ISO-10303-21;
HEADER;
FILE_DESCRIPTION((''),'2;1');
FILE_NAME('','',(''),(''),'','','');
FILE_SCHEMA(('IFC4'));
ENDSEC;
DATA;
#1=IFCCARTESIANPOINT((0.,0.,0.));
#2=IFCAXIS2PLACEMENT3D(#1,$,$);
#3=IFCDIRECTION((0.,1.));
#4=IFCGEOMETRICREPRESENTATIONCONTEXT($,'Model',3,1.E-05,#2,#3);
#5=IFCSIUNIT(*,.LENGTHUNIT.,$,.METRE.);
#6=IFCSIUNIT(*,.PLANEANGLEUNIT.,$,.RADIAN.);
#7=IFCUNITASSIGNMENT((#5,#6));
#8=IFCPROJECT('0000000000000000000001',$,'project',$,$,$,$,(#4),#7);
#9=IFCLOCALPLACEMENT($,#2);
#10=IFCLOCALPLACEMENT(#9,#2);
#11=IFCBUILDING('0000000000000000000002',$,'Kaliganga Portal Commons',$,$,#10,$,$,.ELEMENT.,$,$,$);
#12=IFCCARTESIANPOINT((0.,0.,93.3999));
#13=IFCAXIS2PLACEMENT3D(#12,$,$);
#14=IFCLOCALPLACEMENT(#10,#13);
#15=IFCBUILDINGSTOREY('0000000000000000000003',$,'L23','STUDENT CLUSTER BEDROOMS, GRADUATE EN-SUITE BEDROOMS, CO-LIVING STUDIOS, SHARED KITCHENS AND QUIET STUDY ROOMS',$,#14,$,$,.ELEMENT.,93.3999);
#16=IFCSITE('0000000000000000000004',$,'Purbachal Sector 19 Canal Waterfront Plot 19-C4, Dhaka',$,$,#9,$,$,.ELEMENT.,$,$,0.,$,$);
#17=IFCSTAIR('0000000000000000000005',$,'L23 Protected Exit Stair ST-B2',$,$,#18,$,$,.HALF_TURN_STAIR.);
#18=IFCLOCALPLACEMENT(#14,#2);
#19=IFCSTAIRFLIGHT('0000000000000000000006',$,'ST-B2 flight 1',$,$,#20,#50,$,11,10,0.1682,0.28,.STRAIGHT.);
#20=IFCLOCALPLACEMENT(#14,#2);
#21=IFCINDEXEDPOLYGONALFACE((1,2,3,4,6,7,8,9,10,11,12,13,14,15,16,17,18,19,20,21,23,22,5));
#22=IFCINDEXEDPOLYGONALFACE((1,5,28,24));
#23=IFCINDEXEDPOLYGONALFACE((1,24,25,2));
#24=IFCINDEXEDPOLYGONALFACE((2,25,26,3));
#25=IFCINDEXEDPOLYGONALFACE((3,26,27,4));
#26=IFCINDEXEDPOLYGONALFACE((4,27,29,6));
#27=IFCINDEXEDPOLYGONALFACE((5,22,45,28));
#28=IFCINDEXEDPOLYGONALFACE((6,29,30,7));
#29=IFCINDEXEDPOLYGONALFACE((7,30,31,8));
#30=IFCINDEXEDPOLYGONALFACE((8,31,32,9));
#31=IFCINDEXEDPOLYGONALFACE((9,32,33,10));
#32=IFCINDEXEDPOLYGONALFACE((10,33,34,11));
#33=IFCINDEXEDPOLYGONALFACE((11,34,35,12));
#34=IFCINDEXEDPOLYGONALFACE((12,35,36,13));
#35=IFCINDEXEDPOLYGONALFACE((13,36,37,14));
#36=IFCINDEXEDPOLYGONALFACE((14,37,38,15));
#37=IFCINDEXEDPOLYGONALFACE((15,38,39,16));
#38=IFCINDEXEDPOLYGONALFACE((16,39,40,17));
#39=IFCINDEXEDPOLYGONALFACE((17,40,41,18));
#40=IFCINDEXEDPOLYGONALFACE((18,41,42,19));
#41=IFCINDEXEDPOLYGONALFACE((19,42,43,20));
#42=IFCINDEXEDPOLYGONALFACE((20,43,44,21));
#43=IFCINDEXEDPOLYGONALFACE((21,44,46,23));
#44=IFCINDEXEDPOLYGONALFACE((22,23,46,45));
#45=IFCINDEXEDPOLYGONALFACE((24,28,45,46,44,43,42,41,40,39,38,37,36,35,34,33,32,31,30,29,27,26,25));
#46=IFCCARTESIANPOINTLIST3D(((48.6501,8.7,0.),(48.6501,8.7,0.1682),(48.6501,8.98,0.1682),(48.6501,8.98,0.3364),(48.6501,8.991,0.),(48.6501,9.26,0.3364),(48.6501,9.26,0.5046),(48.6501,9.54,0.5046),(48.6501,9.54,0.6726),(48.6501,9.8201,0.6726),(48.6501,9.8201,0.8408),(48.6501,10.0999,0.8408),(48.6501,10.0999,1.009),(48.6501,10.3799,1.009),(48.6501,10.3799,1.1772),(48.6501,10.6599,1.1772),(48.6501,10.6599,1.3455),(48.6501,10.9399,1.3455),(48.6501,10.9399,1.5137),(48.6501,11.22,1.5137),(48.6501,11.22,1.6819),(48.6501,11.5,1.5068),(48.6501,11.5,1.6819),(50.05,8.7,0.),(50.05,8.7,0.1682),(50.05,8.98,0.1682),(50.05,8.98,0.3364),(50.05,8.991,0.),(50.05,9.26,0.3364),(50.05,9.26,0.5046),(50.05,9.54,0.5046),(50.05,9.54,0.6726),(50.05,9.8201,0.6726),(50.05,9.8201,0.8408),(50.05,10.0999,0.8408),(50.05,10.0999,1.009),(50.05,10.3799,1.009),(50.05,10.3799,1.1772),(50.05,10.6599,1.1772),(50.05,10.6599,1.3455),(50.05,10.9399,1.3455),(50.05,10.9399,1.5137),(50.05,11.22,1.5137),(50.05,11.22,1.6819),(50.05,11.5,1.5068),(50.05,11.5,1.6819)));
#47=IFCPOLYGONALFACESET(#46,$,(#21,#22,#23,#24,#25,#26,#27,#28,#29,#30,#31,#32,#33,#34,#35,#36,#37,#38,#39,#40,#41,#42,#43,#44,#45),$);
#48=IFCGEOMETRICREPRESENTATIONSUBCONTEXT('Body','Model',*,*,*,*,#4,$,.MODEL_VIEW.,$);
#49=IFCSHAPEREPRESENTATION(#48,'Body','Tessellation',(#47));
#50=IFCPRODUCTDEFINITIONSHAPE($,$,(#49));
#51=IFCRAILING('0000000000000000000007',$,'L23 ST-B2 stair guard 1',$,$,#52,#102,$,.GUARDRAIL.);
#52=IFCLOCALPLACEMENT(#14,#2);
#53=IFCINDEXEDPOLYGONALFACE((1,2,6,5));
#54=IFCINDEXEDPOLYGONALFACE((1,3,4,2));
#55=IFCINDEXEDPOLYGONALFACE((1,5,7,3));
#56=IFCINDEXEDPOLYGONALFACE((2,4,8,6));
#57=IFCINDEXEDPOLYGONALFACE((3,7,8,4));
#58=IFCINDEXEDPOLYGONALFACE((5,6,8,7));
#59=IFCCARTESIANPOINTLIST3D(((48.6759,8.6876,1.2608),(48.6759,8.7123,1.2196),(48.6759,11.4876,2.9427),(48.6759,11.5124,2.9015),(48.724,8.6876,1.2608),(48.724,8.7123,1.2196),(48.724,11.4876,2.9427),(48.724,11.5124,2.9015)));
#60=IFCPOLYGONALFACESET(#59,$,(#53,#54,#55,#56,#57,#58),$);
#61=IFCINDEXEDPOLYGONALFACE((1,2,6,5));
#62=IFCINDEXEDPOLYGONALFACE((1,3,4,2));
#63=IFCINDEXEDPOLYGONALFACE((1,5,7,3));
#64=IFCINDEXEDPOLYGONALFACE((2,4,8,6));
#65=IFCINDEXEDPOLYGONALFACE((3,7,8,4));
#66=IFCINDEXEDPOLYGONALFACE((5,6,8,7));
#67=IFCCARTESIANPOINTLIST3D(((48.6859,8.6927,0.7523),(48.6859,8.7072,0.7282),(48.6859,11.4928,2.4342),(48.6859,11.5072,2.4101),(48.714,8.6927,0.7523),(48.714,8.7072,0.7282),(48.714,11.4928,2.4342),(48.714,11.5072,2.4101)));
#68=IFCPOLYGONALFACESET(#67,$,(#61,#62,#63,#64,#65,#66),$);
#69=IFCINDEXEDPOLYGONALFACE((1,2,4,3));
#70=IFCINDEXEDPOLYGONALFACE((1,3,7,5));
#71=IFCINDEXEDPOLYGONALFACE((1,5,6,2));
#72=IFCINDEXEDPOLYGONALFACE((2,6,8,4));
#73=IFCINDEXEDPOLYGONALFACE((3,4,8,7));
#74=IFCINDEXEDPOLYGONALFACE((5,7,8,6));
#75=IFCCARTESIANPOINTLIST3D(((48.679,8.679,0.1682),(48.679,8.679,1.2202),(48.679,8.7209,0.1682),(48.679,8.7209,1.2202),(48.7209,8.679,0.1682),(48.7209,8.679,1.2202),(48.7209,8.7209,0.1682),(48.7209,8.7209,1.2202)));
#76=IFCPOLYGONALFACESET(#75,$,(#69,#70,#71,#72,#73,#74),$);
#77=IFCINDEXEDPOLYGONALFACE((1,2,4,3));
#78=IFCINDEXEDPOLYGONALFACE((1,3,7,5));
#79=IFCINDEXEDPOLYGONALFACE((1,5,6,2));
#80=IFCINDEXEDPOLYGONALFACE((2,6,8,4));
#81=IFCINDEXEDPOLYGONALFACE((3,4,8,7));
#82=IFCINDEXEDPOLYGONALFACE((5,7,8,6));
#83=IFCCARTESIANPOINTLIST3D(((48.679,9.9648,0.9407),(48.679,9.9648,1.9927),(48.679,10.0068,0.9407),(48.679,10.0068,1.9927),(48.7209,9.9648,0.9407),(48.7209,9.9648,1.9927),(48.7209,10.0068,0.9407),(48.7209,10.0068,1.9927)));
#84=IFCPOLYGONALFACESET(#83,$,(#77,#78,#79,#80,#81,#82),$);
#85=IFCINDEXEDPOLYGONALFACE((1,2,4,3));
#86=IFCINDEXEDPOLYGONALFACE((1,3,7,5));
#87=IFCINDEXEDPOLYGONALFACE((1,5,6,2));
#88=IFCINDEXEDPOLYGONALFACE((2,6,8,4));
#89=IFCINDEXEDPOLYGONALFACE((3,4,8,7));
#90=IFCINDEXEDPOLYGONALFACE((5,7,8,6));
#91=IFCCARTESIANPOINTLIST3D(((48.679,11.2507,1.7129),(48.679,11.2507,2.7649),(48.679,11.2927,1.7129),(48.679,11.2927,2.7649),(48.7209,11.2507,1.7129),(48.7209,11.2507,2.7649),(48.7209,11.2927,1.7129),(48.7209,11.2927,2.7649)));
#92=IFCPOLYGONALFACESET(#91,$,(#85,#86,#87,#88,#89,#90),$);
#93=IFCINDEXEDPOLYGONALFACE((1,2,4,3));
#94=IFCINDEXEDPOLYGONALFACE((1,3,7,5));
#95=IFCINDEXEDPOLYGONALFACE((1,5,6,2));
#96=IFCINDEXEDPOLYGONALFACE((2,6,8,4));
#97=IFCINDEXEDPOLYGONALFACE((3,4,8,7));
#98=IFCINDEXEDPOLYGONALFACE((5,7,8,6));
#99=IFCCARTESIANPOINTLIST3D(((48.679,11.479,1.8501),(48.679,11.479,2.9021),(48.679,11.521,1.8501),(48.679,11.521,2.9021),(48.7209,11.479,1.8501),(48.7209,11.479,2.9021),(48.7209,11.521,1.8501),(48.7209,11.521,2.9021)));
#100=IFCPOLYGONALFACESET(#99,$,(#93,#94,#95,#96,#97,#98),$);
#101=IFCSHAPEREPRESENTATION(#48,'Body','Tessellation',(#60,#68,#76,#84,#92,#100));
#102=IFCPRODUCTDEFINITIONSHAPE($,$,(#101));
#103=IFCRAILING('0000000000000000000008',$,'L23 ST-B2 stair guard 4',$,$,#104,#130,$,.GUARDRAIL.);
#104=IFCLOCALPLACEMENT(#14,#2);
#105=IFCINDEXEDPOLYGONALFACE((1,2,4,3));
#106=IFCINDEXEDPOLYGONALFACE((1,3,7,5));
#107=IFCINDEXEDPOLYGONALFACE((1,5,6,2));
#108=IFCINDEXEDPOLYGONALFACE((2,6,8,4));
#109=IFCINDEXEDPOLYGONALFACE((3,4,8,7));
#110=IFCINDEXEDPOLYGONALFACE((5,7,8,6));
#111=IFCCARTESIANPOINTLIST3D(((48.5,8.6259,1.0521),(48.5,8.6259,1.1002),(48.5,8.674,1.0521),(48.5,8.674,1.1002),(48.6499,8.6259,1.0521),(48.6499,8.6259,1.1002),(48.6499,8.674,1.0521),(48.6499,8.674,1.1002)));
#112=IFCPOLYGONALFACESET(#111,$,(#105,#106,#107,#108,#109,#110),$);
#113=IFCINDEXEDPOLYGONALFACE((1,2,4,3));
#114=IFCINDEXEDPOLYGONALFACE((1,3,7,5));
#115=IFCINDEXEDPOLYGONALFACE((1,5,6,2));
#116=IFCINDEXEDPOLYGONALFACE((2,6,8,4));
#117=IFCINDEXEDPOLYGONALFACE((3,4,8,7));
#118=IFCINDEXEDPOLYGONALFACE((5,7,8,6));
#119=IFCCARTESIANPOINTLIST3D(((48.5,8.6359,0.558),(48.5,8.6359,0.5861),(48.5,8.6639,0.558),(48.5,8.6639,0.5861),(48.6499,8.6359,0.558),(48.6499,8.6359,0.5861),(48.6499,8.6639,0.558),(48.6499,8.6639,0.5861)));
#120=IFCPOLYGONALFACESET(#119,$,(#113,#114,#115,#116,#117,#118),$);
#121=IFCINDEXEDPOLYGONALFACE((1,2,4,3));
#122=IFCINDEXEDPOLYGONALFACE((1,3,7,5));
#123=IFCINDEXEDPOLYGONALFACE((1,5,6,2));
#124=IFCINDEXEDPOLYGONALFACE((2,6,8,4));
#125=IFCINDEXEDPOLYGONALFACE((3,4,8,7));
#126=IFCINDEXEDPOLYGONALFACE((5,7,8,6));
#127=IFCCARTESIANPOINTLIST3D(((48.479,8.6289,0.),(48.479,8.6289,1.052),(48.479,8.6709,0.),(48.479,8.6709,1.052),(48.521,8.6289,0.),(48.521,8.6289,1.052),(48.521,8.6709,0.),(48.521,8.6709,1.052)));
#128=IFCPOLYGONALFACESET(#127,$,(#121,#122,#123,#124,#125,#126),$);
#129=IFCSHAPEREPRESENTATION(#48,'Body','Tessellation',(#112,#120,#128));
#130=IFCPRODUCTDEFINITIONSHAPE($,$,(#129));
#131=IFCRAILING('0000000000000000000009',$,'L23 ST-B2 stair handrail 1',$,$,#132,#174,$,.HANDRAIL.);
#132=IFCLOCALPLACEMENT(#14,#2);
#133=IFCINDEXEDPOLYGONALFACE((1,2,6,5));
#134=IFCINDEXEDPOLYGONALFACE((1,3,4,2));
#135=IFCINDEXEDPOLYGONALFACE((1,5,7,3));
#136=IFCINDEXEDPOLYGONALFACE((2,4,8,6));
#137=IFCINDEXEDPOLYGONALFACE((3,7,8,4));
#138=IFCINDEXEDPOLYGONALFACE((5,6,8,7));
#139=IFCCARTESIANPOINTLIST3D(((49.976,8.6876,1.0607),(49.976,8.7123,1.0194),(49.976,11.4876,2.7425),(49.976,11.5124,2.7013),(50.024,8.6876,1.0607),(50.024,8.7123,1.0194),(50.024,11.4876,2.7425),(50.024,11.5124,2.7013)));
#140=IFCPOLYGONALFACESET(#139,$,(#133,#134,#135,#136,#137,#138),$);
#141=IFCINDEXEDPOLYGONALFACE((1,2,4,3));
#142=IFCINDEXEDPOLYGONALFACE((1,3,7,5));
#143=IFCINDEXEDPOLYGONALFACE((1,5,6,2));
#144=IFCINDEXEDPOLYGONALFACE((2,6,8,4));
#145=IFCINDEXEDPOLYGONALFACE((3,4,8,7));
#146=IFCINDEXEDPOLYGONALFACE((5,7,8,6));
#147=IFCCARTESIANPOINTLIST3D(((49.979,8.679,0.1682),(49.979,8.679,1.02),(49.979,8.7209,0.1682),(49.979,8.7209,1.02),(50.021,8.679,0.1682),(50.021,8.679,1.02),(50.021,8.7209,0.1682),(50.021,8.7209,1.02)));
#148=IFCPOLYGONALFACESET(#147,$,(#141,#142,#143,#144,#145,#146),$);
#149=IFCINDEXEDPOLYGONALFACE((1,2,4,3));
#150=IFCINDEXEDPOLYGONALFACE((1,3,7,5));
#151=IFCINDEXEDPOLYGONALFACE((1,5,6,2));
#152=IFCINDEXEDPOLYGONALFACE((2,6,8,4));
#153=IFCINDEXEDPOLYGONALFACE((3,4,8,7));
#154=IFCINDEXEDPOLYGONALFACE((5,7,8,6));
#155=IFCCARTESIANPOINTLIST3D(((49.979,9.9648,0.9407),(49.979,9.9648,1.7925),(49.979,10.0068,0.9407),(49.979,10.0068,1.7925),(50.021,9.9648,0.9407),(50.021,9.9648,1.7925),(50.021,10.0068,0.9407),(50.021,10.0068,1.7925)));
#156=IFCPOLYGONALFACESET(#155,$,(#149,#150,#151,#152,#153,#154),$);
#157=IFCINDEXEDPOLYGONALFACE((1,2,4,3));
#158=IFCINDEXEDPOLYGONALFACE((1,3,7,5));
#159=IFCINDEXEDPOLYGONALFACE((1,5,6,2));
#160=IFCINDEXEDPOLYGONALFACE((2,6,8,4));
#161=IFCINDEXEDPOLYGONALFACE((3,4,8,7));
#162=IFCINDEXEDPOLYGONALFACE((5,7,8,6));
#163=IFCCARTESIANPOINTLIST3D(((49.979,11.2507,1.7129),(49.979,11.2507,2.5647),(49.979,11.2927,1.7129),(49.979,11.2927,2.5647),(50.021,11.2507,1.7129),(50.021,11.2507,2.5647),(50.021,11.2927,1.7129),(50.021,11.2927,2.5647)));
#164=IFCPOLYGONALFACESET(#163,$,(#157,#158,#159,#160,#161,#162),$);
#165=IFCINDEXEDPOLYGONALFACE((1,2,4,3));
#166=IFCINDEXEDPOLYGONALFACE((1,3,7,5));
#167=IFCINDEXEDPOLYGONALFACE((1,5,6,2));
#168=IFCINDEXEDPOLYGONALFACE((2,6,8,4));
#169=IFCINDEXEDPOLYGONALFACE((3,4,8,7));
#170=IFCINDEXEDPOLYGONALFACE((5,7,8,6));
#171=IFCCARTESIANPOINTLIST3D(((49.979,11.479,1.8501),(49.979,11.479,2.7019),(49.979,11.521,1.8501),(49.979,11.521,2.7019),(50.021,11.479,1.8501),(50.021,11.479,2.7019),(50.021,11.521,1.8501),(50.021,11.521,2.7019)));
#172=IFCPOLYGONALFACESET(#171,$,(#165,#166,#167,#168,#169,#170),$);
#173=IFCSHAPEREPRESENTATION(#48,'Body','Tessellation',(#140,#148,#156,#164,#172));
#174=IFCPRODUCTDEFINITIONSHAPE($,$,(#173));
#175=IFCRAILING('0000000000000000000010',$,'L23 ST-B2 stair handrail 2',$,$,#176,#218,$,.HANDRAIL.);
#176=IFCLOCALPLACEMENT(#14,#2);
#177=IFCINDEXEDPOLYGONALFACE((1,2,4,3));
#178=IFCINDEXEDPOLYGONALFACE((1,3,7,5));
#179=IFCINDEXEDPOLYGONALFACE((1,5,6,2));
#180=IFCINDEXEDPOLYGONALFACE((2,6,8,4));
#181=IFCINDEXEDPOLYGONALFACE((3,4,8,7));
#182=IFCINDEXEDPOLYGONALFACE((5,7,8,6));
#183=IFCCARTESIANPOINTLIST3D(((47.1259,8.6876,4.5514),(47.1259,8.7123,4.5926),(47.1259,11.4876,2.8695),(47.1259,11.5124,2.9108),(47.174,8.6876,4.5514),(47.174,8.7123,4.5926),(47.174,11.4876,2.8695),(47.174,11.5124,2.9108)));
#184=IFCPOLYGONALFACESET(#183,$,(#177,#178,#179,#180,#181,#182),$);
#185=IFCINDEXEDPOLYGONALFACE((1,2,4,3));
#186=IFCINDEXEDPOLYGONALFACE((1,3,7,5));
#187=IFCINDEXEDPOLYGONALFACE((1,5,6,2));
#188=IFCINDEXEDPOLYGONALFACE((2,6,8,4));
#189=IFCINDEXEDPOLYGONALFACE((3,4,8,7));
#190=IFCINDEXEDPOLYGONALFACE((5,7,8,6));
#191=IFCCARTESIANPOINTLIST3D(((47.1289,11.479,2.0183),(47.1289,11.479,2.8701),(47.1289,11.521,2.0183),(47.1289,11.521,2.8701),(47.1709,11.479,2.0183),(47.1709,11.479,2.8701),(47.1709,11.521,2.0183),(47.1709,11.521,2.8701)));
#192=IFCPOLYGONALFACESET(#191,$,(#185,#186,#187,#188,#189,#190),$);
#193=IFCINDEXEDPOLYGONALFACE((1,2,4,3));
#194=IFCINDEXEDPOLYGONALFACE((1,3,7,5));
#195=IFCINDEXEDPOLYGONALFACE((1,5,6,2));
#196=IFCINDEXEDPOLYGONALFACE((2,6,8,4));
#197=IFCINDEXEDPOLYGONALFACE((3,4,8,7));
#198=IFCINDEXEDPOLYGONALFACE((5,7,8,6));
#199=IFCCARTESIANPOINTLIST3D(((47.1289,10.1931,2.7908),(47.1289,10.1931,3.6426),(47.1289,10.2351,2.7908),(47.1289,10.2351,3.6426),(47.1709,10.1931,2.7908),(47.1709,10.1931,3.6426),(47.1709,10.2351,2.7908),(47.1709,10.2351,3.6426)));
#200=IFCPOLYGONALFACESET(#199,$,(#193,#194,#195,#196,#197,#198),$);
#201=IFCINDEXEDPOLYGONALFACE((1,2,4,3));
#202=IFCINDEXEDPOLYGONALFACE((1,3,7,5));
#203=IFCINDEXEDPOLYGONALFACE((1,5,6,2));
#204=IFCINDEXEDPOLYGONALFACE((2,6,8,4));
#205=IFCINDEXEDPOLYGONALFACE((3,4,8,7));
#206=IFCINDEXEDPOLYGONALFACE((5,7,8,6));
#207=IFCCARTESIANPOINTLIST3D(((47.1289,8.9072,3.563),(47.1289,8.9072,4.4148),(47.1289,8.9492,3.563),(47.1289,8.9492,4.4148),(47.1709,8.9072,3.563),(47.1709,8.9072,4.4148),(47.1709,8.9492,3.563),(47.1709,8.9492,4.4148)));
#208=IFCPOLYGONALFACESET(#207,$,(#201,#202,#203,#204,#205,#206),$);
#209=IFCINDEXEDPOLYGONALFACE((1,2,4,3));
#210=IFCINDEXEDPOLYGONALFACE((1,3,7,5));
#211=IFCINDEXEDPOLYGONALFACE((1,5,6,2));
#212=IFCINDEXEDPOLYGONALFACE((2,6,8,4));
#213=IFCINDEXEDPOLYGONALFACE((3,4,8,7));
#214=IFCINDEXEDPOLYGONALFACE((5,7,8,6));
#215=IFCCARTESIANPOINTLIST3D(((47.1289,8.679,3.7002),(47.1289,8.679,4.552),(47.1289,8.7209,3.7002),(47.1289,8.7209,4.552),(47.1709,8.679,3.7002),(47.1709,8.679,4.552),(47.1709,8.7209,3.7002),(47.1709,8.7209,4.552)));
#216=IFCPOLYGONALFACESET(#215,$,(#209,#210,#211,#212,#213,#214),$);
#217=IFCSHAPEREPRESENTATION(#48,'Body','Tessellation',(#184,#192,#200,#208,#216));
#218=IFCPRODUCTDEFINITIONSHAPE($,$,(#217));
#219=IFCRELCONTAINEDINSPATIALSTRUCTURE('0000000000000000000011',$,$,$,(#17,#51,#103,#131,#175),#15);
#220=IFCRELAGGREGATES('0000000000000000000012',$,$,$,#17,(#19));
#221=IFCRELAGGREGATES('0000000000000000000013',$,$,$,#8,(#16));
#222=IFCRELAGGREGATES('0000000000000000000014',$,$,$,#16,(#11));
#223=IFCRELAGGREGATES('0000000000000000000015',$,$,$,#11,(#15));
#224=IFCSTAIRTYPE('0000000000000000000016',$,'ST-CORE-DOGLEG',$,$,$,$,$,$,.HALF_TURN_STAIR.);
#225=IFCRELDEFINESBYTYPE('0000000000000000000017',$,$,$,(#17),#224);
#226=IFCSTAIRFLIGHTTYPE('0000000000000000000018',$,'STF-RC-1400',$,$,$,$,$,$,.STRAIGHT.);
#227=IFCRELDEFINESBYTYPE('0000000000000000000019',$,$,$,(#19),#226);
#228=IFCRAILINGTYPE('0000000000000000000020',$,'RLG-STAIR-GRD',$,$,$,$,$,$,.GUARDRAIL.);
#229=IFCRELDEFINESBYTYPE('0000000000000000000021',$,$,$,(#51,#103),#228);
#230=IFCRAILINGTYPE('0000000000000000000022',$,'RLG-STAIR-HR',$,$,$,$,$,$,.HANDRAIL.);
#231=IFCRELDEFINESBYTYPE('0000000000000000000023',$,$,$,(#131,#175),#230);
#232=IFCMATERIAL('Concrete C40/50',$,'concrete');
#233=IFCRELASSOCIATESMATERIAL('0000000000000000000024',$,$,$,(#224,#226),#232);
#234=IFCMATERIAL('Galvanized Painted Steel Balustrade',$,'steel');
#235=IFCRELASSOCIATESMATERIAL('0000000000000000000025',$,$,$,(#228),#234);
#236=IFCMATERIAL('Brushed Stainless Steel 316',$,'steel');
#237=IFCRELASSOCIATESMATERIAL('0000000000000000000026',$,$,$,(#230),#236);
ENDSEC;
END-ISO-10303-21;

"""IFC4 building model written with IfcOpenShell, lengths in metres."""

from ifc_helpers import new_model, si_unit, direction, frame, origin, origin_2d, place, context, subcontext, project, spatial, polyline, rectangle, outline, extrude, material, type_object, element, aggregate, save


model = new_model("IFC4")

# Units and contexts
model_context = context("Model", 3, precision=1e-05, world=origin(), true_north=direction((0.0, 1.0)))
body_context = subcontext(model_context, "Body", "Model", "MODEL_VIEW")
ifc_project = project(units=[si_unit("LENGTHUNIT", "METRE"), si_unit("PLANEANGLEUNIT", "RADIAN")], contexts=[model_context])

# Site, building, storey
site_placement = place(None, origin())
site = spatial("IfcSite", under=ifc_project, at=site_placement, Name="Purbachal Sector 19 Canal Waterfront Plot 19-C4, Dhaka", CompositionType="ELEMENT", RefElevation=0.0)
building_placement = place(site_placement, origin())
building = spatial("IfcBuilding", under=site, at=building_placement, Name="Kaliganga Portal Commons", CompositionType="ELEMENT")
storey_placement = place(building_placement, frame((0.0, 0.0, 93.3999)))
storey = spatial("IfcBuildingStorey", under=building, at=storey_placement, Name="L23", Description="STUDENT CLUSTER BEDROOMS, GRADUATE EN-SUITE BEDROOMS, CO-LIVING STUDIOS, SHARED KITCHENS AND QUIET STUDY ROOMS", CompositionType="ELEMENT", Elevation=93.3999)

# Stair, stair flight
ifc_material_1 = material(Name="Concrete C40/50", Category="concrete")
stair_type = type_object("IfcStairType", Name="ST-CORE-DOGLEG", PredefinedType="HALF_TURN_STAIR", material=ifc_material_1)
stair_placement = place(storey_placement, origin())
stair = element("IfcStair", 1, at=stair_placement, inside=storey, type_object=stair_type, Name="L23 Protected Exit Stair ST-B2", PredefinedType="HALF_TURN_STAIR")
stair_flight_type = type_object("IfcStairFlightType", Name="STF-RC-1400", PredefinedType="STRAIGHT", material=ifc_material_1)
stair_flight_placement = place(storey_placement, frame((49.3501, 8.7, 0.0), z_axis=(0.0, 0.0, 1.0), x_axis=(0.0, 1.0, 0.0)))
stair_flight = element("IfcStairFlight", 2, at=stair_flight_placement, type_object=stair_flight_type, Name="ST-B2 flight 1", NumberOfRisers=11, NumberOfTreads=10, PredefinedType="STRAIGHT", RiserHeight=0.1682, TreadLength=0.28, context=body_context, shape_type="SweptSolid", body=[
    extrude(outline(polyline([(0.0, 0.0), (0.0, 0.1682), (0.28, 0.1682), (0.28, 0.3364), (0.5601, 0.3364), (0.5601, 0.5046), (0.8401, 0.5046), (0.8401, 0.6726), (1.1201, 0.6726), (1.1201, 0.8408), (1.3999, 0.8408), (1.3999, 1.009), (1.6799, 1.009), (1.6799, 1.1772), (1.96, 1.1772), (1.96, 1.3455), (2.24, 1.3455), (2.24, 1.5137), (2.52, 1.5137), (2.52, 1.6819), (2.8, 1.6819), (2.8, 1.8501), (2.8, 1.5068), (0.291, 0.0), (0.0, 0.0)])), frame((0.0, 0.7, 0.0), z_axis=(0.0, -1.0, 0.0), x_axis=(1.0, 0.0, 0.0)), (0.0, 0.0, 1.0), 1.3999),
])
aggregate(stair, [stair_flight])

# Railings
ifc_material_2 = material(Name="Galvanized Painted Steel Balustrade", Category="steel")
railing_type_1 = type_object("IfcRailingType", Name="RLG-STAIR-GRD", PredefinedType="GUARDRAIL", material=ifc_material_2)
railing_1_placement = place(storey_placement, frame((48.7, 8.7, 0.1682)))
element("IfcRailing", 3, at=railing_1_placement, inside=storey, type_object=railing_type_1, Name="L23 ST-B2 stair guard 1", PredefinedType="GUARDRAIL", context=body_context, shape_type="SweptSolid", body=[
    extrude(rectangle(XDim=0.0481, YDim=0.0481, at=origin_2d()), frame((0.0, 0.0, 1.072), z_axis=(0.0, 0.857242, 0.514913), x_axis=(-1.0, 0.0, 0.0)), (0.0, 0.0, 1.0), 3.2664),
    extrude(rectangle(XDim=0.0281, YDim=0.0281, at=origin_2d()), frame((0.0, 0.0, 0.572), z_axis=(0.0, 0.857242, 0.514913), x_axis=(-1.0, 0.0, 0.0)), (0.0, 0.0, 1.0), 3.2664),
    extrude(rectangle(XDim=0.042, YDim=0.042, at=origin_2d()), origin(), (0.0, 0.0, 1.0), 1.052),
    extrude(rectangle(XDim=0.042, YDim=0.042, at=origin_2d()), frame((0.0, 1.2859, 0.7725)), (0.0, 0.0, 1.0), 1.052),
    extrude(rectangle(XDim=0.042, YDim=0.042, at=origin_2d()), frame((0.0, 2.5718, 1.5447)), (0.0, 0.0, 1.0), 1.052),
    extrude(rectangle(XDim=0.042, YDim=0.042, at=origin_2d()), frame((0.0, 2.8, 1.6819)), (0.0, 0.0, 1.0), 1.052),
])
railing_2_placement = place(storey_placement, frame((48.6499, 8.6499, 0.0)))
element("IfcRailing", 4, at=railing_2_placement, inside=storey, type_object=railing_type_1, Name="L23 ST-B2 stair guard 4", PredefinedType="GUARDRAIL", context=body_context, shape_type="SweptSolid", body=[
    extrude(rectangle(XDim=0.0481, YDim=0.0481, at=origin_2d()), frame((0.0, 0.0, 1.0762), z_axis=(-1.0, 0.0, 0.0), x_axis=(0.0, -1.0, 0.0)), (0.0, 0.0, 1.0), 0.1499),
    extrude(rectangle(XDim=0.0281, YDim=0.0281, at=origin_2d()), frame((0.0, 0.0, 0.572), z_axis=(-1.0, 0.0, 0.0), x_axis=(0.0, -1.0, 0.0)), (0.0, 0.0, 1.0), 0.1499),
    extrude(rectangle(XDim=0.042, YDim=0.042, at=origin_2d()), frame((-0.1499, 0.0, 0.0)), (0.0, 0.0, 1.0), 1.052),
])
ifc_material_3 = material(Name="Brushed Stainless Steel 316", Category="steel")
railing_type_2 = type_object("IfcRailingType", Name="RLG-STAIR-HR", PredefinedType="HANDRAIL", material=ifc_material_3)
railing_3_placement = place(storey_placement, frame((50.0, 8.7, 0.1682)))
element("IfcRailing", 5, at=railing_3_placement, inside=storey, type_object=railing_type_2, Name="L23 ST-B2 stair handrail 1", PredefinedType="HANDRAIL", context=body_context, shape_type="SweptSolid", body=[
    extrude(rectangle(XDim=0.0481, YDim=0.0481, at=origin_2d()), frame((0.0, 0.0, 0.8718), z_axis=(0.0, 0.857242, 0.514913), x_axis=(-1.0, 0.0, 0.0)), (0.0, 0.0, 1.0), 3.2664),
    extrude(rectangle(XDim=0.042, YDim=0.042, at=origin_2d()), origin(), (0.0, 0.0, 1.0), 0.8518),
    extrude(rectangle(XDim=0.042, YDim=0.042, at=origin_2d()), frame((0.0, 1.2859, 0.7725)), (0.0, 0.0, 1.0), 0.8518),
    extrude(rectangle(XDim=0.042, YDim=0.042, at=origin_2d()), frame((0.0, 2.5718, 1.5447)), (0.0, 0.0, 1.0), 0.8518),
    extrude(rectangle(XDim=0.042, YDim=0.042, at=origin_2d()), frame((0.0, 2.8, 1.6819)), (0.0, 0.0, 1.0), 0.8518),
])
railing_4_placement = place(storey_placement, frame((47.1499, 11.5, 2.0183)))
element("IfcRailing", 6, at=railing_4_placement, inside=storey, type_object=railing_type_2, Name="L23 ST-B2 stair handrail 2", PredefinedType="HANDRAIL", context=body_context, shape_type="SweptSolid", body=[
    extrude(rectangle(XDim=0.0481, YDim=0.0481, at=origin_2d()), frame((0.0, 0.0, 0.8718), z_axis=(0.0, -0.857242, 0.514913), x_axis=(1.0, 0.0, 0.0)), (0.0, 0.0, 1.0), 3.2664),
    extrude(rectangle(XDim=0.042, YDim=0.042, at=origin_2d()), origin(), (0.0, 0.0, 1.0), 0.8518),
    extrude(rectangle(XDim=0.042, YDim=0.042, at=origin_2d()), frame((0.0, -1.2859, 0.7725)), (0.0, 0.0, 1.0), 0.8518),
    extrude(rectangle(XDim=0.042, YDim=0.042, at=origin_2d()), frame((0.0, -2.5718, 1.5447)), (0.0, 0.0, 1.0), 0.8518),
    extrude(rectangle(XDim=0.042, YDim=0.042, at=origin_2d()), frame((0.0, -2.8, 1.6819)), (0.0, 0.0, 1.0), 0.8518),
])

save(model, "model.ifc")
